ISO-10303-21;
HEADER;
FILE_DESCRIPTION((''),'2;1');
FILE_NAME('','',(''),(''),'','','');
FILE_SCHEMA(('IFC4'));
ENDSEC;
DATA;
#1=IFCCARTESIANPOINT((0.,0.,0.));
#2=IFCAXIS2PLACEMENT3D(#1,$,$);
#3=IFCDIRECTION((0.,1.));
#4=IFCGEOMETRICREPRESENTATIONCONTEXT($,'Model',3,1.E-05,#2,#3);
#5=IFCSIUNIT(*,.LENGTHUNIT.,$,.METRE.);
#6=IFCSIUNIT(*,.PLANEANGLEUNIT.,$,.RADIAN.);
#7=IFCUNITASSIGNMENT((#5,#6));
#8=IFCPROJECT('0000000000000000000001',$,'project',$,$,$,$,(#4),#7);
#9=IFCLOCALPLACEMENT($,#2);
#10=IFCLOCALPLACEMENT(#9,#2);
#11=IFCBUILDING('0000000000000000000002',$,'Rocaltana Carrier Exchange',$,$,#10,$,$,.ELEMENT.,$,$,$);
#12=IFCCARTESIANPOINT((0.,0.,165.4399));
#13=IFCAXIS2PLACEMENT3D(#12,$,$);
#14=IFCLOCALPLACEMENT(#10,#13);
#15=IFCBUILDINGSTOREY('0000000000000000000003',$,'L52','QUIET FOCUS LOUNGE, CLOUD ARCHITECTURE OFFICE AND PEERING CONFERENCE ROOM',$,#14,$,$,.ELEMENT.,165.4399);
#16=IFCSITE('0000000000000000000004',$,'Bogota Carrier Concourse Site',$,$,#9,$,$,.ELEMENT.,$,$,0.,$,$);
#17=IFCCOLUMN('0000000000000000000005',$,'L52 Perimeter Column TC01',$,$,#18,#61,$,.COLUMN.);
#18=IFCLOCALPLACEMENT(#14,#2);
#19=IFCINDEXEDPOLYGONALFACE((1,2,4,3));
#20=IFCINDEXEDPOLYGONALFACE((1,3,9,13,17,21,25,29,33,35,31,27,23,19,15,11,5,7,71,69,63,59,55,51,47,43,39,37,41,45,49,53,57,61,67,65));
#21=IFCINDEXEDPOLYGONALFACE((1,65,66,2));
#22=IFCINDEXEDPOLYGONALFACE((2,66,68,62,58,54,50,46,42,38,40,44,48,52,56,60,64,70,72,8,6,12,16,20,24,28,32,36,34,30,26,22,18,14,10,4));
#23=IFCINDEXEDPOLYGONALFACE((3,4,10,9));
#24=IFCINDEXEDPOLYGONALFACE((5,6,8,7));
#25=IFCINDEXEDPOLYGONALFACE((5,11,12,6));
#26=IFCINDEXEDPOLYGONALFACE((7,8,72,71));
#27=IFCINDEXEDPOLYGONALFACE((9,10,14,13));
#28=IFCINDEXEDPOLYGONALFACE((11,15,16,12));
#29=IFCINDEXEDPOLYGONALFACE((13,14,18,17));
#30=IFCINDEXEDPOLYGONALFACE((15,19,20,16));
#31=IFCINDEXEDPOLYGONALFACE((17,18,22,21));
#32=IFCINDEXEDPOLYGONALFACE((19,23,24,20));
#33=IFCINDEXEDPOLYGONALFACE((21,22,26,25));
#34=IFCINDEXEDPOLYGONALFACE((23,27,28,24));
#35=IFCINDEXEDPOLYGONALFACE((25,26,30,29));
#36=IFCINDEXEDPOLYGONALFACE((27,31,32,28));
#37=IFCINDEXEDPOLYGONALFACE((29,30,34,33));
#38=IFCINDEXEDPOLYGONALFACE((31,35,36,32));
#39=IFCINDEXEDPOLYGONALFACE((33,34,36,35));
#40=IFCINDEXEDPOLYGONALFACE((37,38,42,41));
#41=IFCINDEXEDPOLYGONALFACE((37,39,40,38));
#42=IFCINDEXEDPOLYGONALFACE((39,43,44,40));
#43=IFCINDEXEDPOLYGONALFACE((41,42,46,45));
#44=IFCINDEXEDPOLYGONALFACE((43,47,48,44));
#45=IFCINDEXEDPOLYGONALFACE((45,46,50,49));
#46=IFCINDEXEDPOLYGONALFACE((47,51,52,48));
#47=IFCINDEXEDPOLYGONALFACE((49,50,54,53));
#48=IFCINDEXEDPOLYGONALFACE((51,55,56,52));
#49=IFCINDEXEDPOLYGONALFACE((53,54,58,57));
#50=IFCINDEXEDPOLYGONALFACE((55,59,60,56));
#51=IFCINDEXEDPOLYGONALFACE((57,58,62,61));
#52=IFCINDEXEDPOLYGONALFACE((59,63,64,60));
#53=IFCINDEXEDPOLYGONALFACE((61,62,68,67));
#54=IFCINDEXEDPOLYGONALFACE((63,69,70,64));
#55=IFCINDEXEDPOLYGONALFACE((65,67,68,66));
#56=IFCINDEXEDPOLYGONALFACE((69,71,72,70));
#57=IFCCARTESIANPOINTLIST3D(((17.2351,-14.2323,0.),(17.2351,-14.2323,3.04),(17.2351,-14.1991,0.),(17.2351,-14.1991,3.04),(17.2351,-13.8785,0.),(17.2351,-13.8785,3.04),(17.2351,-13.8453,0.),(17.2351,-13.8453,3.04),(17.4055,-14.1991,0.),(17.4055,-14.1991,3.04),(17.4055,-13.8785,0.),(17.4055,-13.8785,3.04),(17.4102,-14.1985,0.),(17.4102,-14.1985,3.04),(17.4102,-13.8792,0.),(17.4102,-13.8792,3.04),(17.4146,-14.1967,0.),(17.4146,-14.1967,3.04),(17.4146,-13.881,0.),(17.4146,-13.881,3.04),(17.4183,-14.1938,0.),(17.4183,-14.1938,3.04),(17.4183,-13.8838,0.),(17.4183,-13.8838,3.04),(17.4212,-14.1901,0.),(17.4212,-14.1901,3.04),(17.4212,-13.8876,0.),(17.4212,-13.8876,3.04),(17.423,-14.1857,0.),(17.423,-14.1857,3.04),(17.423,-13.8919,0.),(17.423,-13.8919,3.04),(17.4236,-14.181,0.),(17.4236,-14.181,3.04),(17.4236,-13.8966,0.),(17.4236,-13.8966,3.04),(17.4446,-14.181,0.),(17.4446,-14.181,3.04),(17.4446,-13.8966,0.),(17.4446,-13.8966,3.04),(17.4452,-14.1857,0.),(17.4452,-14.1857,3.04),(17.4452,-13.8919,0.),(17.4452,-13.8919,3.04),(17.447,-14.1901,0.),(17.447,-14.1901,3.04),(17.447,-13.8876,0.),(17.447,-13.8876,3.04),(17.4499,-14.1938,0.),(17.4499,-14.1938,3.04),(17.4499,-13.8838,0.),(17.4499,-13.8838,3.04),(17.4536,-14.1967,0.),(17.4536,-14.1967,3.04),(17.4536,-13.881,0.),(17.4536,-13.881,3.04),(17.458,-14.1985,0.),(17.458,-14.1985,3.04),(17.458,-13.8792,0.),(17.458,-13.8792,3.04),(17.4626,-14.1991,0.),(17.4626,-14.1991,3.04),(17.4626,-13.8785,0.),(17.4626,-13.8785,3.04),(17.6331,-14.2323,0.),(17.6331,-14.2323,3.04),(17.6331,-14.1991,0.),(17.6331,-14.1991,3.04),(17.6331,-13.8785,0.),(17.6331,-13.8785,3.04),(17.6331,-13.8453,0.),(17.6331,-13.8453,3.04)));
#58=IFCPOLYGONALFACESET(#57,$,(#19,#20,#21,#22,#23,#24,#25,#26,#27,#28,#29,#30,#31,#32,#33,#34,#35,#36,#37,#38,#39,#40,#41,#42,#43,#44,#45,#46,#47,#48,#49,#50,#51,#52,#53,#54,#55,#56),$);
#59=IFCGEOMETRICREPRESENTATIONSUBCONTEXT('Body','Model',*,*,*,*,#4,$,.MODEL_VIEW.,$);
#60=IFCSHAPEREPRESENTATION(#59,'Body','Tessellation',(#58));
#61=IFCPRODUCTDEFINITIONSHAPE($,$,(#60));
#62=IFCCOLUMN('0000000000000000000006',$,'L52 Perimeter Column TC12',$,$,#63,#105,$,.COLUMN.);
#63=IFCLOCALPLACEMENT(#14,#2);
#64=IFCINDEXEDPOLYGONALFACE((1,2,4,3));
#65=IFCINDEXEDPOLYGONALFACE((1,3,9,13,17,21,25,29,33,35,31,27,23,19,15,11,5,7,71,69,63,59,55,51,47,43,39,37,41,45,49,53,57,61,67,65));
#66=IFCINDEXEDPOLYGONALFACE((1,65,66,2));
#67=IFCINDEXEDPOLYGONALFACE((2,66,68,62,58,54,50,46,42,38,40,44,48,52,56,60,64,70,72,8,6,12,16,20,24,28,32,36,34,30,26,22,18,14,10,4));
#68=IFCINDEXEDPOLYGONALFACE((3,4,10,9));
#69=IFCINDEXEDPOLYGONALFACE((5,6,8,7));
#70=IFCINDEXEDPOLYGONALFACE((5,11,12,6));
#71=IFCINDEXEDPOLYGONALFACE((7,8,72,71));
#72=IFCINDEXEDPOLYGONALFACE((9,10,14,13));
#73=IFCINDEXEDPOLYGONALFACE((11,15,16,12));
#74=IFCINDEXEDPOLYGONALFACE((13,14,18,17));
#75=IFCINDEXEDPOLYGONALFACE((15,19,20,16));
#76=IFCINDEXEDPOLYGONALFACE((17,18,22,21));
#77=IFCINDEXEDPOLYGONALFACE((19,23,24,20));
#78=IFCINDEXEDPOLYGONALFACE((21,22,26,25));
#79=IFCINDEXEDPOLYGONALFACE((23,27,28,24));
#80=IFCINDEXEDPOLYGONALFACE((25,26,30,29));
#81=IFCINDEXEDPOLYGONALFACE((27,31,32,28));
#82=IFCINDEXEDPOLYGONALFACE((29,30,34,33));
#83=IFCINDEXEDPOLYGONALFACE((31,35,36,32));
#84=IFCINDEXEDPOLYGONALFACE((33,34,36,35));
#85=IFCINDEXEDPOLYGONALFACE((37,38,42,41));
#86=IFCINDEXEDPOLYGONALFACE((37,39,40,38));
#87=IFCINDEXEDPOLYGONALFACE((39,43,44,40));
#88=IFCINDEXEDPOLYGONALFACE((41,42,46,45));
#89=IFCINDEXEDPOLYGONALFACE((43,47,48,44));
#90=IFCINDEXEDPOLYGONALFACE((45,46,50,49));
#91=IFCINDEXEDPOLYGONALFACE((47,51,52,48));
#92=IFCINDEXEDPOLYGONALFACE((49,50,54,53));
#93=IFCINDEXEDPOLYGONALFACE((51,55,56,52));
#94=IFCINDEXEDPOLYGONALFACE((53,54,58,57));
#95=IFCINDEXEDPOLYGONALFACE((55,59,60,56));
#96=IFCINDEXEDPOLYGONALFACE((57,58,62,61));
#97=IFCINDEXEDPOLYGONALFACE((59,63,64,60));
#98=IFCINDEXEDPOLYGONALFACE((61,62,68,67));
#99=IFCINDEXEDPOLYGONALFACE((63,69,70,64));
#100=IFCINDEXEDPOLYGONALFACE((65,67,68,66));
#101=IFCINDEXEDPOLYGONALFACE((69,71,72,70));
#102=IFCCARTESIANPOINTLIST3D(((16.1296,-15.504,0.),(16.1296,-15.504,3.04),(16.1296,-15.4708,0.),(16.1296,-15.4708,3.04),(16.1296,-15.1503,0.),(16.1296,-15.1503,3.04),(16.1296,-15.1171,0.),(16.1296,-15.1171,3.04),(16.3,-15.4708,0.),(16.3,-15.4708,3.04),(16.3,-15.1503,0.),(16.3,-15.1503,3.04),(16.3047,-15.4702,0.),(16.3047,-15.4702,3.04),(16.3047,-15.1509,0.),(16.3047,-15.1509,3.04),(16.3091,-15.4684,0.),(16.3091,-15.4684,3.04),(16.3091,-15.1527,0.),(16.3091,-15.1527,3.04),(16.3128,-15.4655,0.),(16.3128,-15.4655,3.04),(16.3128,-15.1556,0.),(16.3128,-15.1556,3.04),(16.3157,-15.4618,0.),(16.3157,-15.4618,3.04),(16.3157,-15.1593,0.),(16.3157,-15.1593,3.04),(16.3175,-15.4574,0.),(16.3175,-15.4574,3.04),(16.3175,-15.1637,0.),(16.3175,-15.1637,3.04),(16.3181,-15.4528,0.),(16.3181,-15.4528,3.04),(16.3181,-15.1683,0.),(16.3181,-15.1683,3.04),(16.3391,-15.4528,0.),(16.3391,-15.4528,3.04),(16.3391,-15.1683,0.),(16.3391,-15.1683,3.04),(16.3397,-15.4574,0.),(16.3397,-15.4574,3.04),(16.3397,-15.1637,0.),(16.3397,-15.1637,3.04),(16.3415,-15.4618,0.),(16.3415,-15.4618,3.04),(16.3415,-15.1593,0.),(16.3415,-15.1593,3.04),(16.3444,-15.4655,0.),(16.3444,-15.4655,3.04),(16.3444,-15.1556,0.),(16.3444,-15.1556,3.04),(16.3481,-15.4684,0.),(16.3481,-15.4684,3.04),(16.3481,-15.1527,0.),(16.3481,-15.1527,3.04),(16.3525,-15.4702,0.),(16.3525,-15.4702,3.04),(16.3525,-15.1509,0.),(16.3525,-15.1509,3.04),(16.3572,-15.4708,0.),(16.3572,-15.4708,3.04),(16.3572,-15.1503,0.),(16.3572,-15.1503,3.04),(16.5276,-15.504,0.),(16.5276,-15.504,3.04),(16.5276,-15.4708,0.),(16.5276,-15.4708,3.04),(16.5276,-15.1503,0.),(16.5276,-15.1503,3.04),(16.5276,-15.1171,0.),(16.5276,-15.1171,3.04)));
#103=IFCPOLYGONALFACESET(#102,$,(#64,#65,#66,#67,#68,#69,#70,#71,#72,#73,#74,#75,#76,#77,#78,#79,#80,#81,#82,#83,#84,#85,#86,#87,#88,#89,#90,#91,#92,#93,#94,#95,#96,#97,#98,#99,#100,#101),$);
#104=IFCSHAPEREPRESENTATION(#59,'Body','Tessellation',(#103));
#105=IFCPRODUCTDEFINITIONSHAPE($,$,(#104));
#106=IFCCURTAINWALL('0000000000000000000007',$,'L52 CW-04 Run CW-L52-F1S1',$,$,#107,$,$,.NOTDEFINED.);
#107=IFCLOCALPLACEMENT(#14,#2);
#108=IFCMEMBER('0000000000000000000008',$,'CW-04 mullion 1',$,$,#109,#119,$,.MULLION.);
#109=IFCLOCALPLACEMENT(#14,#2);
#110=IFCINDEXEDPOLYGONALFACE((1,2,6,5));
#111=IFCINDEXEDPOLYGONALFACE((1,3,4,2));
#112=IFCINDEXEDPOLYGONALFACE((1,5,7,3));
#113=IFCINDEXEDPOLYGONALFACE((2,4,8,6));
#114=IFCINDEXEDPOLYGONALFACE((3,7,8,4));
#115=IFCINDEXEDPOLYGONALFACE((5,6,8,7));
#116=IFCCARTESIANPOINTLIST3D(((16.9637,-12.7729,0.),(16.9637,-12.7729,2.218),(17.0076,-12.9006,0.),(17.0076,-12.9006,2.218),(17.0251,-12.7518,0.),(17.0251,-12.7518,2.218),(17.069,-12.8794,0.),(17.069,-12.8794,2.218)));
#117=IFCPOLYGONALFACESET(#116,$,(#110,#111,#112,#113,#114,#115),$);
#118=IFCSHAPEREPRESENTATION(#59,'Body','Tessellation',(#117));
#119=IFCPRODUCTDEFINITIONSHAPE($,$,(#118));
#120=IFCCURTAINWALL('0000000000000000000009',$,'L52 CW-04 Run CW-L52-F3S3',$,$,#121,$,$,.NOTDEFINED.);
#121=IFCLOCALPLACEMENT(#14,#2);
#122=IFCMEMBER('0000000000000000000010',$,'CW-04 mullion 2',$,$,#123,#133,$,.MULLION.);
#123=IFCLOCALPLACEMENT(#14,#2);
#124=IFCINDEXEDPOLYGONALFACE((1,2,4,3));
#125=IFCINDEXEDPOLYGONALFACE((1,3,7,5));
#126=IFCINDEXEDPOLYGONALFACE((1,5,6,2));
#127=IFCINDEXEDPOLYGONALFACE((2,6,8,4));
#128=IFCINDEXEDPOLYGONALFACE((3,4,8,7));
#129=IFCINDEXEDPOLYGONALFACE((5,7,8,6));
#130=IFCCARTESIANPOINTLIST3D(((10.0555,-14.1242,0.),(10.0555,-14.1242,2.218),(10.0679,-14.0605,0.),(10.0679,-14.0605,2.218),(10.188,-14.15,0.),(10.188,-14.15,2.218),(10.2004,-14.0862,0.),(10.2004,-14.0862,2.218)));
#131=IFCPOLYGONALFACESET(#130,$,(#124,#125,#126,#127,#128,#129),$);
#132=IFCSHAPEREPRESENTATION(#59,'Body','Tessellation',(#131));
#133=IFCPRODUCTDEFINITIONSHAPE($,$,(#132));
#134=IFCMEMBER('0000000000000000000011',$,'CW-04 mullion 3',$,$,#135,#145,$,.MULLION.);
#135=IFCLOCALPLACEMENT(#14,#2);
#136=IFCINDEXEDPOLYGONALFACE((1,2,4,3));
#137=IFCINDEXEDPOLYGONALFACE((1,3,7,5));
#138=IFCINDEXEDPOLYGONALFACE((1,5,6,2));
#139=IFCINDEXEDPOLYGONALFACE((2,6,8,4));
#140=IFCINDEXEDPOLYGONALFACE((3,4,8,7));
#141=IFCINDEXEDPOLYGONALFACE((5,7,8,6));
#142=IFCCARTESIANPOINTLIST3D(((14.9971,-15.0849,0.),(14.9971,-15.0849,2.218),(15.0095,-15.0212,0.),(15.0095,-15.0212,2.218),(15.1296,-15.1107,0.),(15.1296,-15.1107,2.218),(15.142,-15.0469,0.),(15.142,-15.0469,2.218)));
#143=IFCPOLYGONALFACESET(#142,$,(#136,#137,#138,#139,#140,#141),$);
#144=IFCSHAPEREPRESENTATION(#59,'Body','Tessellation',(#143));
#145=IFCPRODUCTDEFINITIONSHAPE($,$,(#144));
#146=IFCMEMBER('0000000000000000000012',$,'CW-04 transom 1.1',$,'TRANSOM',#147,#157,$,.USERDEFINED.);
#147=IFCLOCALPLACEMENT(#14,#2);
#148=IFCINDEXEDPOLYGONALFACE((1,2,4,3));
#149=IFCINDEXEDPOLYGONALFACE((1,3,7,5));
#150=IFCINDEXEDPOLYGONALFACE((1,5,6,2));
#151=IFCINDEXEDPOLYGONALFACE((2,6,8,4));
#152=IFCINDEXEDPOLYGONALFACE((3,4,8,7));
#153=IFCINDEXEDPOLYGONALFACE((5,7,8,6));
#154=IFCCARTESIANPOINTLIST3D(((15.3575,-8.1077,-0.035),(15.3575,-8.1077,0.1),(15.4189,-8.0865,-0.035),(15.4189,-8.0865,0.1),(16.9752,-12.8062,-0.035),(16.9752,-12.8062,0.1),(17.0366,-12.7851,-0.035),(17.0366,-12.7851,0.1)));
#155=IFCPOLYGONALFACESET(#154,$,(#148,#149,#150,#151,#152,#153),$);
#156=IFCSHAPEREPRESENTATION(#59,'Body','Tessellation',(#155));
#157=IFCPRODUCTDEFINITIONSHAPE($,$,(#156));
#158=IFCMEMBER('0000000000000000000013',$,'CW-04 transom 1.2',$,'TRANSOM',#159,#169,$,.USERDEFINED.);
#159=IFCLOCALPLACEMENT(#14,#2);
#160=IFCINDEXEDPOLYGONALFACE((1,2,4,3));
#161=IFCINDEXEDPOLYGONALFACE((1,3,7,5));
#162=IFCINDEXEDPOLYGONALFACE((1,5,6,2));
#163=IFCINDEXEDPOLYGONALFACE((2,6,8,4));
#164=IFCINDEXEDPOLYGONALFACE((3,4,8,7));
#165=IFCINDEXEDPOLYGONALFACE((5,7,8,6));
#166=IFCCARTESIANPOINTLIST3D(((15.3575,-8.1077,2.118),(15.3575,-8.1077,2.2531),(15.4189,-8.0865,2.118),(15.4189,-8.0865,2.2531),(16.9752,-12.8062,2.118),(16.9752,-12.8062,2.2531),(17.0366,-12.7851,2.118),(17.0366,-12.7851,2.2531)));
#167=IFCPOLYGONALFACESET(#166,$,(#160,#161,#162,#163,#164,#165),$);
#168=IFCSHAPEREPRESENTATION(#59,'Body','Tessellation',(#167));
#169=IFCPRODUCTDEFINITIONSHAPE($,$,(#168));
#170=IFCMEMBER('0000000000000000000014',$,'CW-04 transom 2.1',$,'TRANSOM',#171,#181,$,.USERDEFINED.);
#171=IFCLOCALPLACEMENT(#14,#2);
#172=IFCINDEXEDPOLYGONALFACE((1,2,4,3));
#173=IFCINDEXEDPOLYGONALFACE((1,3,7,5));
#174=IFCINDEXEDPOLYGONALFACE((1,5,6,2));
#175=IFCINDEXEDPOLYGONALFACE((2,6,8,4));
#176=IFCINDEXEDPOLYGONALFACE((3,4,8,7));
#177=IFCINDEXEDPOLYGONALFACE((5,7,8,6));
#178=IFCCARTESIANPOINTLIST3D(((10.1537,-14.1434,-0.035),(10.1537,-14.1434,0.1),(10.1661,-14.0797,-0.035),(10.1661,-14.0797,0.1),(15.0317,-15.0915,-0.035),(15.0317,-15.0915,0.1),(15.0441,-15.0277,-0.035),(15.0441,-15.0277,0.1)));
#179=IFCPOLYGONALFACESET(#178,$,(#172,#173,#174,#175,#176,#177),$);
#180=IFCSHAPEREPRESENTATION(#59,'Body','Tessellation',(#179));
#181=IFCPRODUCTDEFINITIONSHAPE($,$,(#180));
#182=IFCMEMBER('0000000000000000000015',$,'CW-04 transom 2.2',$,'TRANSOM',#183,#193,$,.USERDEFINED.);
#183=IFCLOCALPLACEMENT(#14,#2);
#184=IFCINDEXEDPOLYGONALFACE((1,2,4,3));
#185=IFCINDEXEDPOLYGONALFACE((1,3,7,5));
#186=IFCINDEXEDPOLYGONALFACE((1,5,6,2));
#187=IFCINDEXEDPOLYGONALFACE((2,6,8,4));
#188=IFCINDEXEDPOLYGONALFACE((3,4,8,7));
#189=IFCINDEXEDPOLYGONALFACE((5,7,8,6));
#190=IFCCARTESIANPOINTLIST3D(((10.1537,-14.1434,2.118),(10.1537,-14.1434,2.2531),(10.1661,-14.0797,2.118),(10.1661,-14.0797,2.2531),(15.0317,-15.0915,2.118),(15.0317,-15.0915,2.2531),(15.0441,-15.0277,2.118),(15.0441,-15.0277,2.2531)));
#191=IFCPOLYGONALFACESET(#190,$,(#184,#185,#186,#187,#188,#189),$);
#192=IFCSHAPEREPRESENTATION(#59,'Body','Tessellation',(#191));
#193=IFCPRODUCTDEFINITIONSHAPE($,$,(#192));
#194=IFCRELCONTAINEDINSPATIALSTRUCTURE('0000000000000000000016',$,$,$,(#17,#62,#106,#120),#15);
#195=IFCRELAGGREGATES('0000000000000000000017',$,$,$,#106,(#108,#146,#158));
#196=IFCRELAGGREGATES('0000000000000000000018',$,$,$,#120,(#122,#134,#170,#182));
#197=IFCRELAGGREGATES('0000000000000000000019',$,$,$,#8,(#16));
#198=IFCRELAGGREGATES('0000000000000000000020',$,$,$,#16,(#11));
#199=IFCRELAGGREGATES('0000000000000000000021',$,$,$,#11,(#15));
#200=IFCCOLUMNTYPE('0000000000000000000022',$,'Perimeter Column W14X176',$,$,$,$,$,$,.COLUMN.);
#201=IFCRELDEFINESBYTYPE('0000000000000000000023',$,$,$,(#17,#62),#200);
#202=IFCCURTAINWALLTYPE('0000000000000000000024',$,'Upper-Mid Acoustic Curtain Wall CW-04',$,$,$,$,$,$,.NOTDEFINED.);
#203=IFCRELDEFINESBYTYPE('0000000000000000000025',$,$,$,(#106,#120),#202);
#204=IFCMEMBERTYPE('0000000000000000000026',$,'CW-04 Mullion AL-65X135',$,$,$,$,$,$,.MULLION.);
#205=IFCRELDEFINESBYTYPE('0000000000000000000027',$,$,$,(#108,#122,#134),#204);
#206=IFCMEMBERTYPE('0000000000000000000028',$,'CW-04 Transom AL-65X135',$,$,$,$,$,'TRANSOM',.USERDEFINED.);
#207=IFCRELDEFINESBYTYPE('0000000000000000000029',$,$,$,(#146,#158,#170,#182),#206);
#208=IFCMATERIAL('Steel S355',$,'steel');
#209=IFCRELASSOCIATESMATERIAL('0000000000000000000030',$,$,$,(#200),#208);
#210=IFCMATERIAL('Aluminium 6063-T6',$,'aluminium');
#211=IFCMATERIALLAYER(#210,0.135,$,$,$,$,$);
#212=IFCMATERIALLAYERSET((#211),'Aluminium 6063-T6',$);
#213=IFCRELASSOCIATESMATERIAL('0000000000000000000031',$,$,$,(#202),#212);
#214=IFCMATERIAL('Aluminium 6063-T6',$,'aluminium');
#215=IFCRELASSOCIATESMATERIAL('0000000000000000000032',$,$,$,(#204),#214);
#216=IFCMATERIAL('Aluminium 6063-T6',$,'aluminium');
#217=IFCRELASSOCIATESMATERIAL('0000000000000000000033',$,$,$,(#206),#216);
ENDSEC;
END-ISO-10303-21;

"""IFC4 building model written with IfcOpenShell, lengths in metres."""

from ifc_helpers import new_model, si_unit, direction, frame, origin, origin_2d, place, context, subcontext, project, spatial, rectangle, i_section, extrude, material, layer, layer_set, material_profile, profile_set, type_object, element, aggregate, save


model = new_model("IFC4")

# Units and contexts
model_context = context("Model", 3, precision=1e-05, world=origin(), true_north=direction((0.0, 1.0)))
body_context = subcontext(model_context, "Body", "Model", "MODEL_VIEW")
ifc_project = project(units=[si_unit("LENGTHUNIT", "METRE"), si_unit("PLANEANGLEUNIT", "RADIAN")], contexts=[model_context])

# Site, building, storey
site_placement = place(None, origin())
site = spatial("IfcSite", under=ifc_project, at=site_placement, Name="Bogota Carrier Concourse Site", CompositionType="ELEMENT", RefElevation=0.0)
building_placement = place(site_placement, origin())
building = spatial("IfcBuilding", under=site, at=building_placement, Name="Rocaltana Carrier Exchange", CompositionType="ELEMENT")
storey_placement = place(building_placement, frame((0.0, 0.0, 165.4399)))
storey = spatial("IfcBuildingStorey", under=building, at=storey_placement, Name="L52", Description="QUIET FOCUS LOUNGE, CLOUD ARCHITECTURE OFFICE AND PEERING CONFERENCE ROOM", CompositionType="ELEMENT", Elevation=165.4399)

# Columns
ifc_material_1 = material(Name="Steel S355", Category="steel")
ifc_material_profile_1 = material_profile(ifc_material_1, i_section(OverallWidth=0.3979, OverallDepth=0.387, WebThickness=0.021, FlangeThickness=0.0332, FilletRadius=0.0181, at=origin_2d()), Name="W14X176")
ifc_profile_set_1 = profile_set([ifc_material_profile_1], Name="Steel S355")
column_type = type_object("IfcColumnType", Name="Perimeter Column W14X176", PredefinedType="COLUMN", material=ifc_profile_set_1)
for number, where, z_axis, x_axis, name in (
    (1, (17.4341, -14.0388, 0.0), (0.0, 0.0, 1.0), (1.0, 0.0, 0.0), "L52 Perimeter Column TC01"),
    (2, (16.3286, -15.3105, 0.0), (0.0, 0.0, 1.0), (1.0, 0.0, 0.0), "L52 Perimeter Column TC12"),
):
    element("IfcColumn", number, at=place(storey_placement, frame(where, z_axis=z_axis, x_axis=x_axis)), inside=storey, type_object=column_type, Name=name, PredefinedType="COLUMN", context=body_context, shape_type="SweptSolid", body=[
        extrude(i_section(OverallWidth=0.3979, OverallDepth=0.387, WebThickness=0.021, FlangeThickness=0.0332, FilletRadius=0.0181, at=origin_2d()), origin(), (0.0, 0.0, 1.0), 3.04),
    ])

# Curtain wall, member
ifc_material_2 = material(Name="Aluminium 6063-T6", Category="aluminium")
ifc_layer_1 = layer(ifc_material_2, 0.135)
ifc_layer_set_1 = layer_set([ifc_layer_1], Name="Aluminium 6063-T6")
curtain_wall_type = type_object("IfcCurtainWallType", Name="Upper-Mid Acoustic Curtain Wall CW-04", PredefinedType="NOTDEFINED", material=ifc_layer_set_1)
curtain_wall_1_placement = place(storey_placement, origin())
curtain_wall_1 = element("IfcCurtainWall", 3, at=curtain_wall_1_placement, inside=storey, type_object=curtain_wall_type, Name="L52 CW-04 Run CW-L52-F1S1", PredefinedType="NOTDEFINED")
ifc_material_3 = material(Name="Aluminium 6063-T6", Category="aluminium")
ifc_material_profile_2 = material_profile(ifc_material_3, rectangle(XDim=0.0649, YDim=0.135, at=origin_2d()), Name="AL-65X135")
ifc_profile_set_2 = profile_set([ifc_material_profile_2], Name="Aluminium 6063-T6")
member_type_1 = type_object("IfcMemberType", Name="CW-04 Mullion AL-65X135", PredefinedType="MULLION", material=ifc_profile_set_2)
member_1_placement = place(storey_placement, frame((17.0164, -12.8262, 0.0), z_axis=(0.0, 0.0, 1.0), x_axis=(-0.945522, -0.325559, 0.0)))
member_1 = element("IfcMember", 4, at=member_1_placement, type_object=member_type_1, Name="CW-04 mullion 1", PredefinedType="MULLION", context=body_context, shape_type="SweptSolid", body=[
    extrude(rectangle(XDim=0.0649, YDim=0.135, at=origin_2d()), origin(), (0.0, 0.0, 1.0), 2.218),
])

# Curtain wall, members
curtain_wall_2_placement = place(storey_placement, origin())
curtain_wall_2 = element("IfcCurtainWall", 5, at=curtain_wall_2_placement, inside=storey, type_object=curtain_wall_type, Name="L52 CW-04 Run CW-L52-F3S3", PredefinedType="NOTDEFINED")
member_2_placement = place(storey_placement, frame((10.1279, -14.1052, 0.0), z_axis=(0.0, 0.0, 1.0), x_axis=(0.190805, 0.981628, 0.0)))
member_2 = element("IfcMember", 6, at=member_2_placement, type_object=member_type_1, Name="CW-04 mullion 2", PredefinedType="MULLION", context=body_context, shape_type="SweptSolid", body=[
    extrude(rectangle(XDim=0.0649, YDim=0.135, at=origin_2d()), origin(), (0.0, 0.0, 1.0), 2.218),
])
member_3_placement = place(storey_placement, frame((15.0696, -15.0659, 0.0), z_axis=(0.0, 0.0, 1.0), x_axis=(0.190805, 0.981628, 0.0)))
member_3 = element("IfcMember", 7, at=member_3_placement, type_object=member_type_1, Name="CW-04 mullion 3", PredefinedType="MULLION", context=body_context, shape_type="SweptSolid", body=[
    extrude(rectangle(XDim=0.0649, YDim=0.135, at=origin_2d()), origin(), (0.0, 0.0, 1.0), 2.218),
])

# Members
ifc_material_4 = material(Name="Aluminium 6063-T6", Category="aluminium")
ifc_material_profile_3 = material_profile(ifc_material_4, rectangle(XDim=0.0649, YDim=0.135, at=origin_2d()), Name="AL-65X135")
ifc_profile_set_3 = profile_set([ifc_material_profile_3], Name="Aluminium 6063-T6")
member_type_2 = type_object("IfcMemberType", Name="CW-04 Transom AL-65X135", ElementType="TRANSOM", PredefinedType="USERDEFINED", material=ifc_profile_set_3)
member_4_placement = place(storey_placement, frame((17.0059, -12.7957, 0.0325), z_axis=(-0.325542, 0.945527, 0.0), x_axis=(-0.945527, -0.325542, 0.0)))
member_4 = element("IfcMember", 8, at=member_4_placement, type_object=member_type_2, Name="CW-04 transom 1.1", ObjectType="TRANSOM", PredefinedType="USERDEFINED", context=body_context, shape_type="SweptSolid", body=[
    extrude(rectangle(XDim=0.0649, YDim=0.135, at=origin_2d()), origin(), (0.0, 0.0, 1.0), 4.9692),
])
member_5_placement = place(storey_placement, frame((17.0059, -12.7957, 2.1855), z_axis=(-0.325542, 0.945527, 0.0), x_axis=(-0.945527, -0.325542, 0.0)))
member_5 = element("IfcMember", 9, at=member_5_placement, type_object=member_type_2, Name="CW-04 transom 1.2", ObjectType="TRANSOM", PredefinedType="USERDEFINED", context=body_context, shape_type="SweptSolid", body=[
    extrude(rectangle(XDim=0.0649, YDim=0.135, at=origin_2d()), origin(), (0.0, 0.0, 1.0), 4.9692),
])
aggregate(curtain_wall_1, [member_1, member_4, member_5])
member_6_placement = place(storey_placement, frame((10.1599, -14.1116, 0.0325), z_axis=(0.981634, -0.190775, 0.0), x_axis=(0.190775, 0.981634, 0.0)))
member_6 = element("IfcMember", 10, at=member_6_placement, type_object=member_type_2, Name="CW-04 transom 2.1", ObjectType="TRANSOM", PredefinedType="USERDEFINED", context=body_context, shape_type="SweptSolid", body=[
    extrude(rectangle(XDim=0.0649, YDim=0.135, at=origin_2d()), origin(), (0.0, 0.0, 1.0), 4.9692),
])
member_7_placement = place(storey_placement, frame((10.1599, -14.1116, 2.1855), z_axis=(0.981634, -0.190775, 0.0), x_axis=(0.190775, 0.981634, 0.0)))
member_7 = element("IfcMember", 11, at=member_7_placement, type_object=member_type_2, Name="CW-04 transom 2.2", ObjectType="TRANSOM", PredefinedType="USERDEFINED", context=body_context, shape_type="SweptSolid", body=[
    extrude(rectangle(XDim=0.0649, YDim=0.135, at=origin_2d()), origin(), (0.0, 0.0, 1.0), 4.9692),
])

aggregate(curtain_wall_2, [member_2, member_3, member_6, member_7])

save(model, "model.ifc")
